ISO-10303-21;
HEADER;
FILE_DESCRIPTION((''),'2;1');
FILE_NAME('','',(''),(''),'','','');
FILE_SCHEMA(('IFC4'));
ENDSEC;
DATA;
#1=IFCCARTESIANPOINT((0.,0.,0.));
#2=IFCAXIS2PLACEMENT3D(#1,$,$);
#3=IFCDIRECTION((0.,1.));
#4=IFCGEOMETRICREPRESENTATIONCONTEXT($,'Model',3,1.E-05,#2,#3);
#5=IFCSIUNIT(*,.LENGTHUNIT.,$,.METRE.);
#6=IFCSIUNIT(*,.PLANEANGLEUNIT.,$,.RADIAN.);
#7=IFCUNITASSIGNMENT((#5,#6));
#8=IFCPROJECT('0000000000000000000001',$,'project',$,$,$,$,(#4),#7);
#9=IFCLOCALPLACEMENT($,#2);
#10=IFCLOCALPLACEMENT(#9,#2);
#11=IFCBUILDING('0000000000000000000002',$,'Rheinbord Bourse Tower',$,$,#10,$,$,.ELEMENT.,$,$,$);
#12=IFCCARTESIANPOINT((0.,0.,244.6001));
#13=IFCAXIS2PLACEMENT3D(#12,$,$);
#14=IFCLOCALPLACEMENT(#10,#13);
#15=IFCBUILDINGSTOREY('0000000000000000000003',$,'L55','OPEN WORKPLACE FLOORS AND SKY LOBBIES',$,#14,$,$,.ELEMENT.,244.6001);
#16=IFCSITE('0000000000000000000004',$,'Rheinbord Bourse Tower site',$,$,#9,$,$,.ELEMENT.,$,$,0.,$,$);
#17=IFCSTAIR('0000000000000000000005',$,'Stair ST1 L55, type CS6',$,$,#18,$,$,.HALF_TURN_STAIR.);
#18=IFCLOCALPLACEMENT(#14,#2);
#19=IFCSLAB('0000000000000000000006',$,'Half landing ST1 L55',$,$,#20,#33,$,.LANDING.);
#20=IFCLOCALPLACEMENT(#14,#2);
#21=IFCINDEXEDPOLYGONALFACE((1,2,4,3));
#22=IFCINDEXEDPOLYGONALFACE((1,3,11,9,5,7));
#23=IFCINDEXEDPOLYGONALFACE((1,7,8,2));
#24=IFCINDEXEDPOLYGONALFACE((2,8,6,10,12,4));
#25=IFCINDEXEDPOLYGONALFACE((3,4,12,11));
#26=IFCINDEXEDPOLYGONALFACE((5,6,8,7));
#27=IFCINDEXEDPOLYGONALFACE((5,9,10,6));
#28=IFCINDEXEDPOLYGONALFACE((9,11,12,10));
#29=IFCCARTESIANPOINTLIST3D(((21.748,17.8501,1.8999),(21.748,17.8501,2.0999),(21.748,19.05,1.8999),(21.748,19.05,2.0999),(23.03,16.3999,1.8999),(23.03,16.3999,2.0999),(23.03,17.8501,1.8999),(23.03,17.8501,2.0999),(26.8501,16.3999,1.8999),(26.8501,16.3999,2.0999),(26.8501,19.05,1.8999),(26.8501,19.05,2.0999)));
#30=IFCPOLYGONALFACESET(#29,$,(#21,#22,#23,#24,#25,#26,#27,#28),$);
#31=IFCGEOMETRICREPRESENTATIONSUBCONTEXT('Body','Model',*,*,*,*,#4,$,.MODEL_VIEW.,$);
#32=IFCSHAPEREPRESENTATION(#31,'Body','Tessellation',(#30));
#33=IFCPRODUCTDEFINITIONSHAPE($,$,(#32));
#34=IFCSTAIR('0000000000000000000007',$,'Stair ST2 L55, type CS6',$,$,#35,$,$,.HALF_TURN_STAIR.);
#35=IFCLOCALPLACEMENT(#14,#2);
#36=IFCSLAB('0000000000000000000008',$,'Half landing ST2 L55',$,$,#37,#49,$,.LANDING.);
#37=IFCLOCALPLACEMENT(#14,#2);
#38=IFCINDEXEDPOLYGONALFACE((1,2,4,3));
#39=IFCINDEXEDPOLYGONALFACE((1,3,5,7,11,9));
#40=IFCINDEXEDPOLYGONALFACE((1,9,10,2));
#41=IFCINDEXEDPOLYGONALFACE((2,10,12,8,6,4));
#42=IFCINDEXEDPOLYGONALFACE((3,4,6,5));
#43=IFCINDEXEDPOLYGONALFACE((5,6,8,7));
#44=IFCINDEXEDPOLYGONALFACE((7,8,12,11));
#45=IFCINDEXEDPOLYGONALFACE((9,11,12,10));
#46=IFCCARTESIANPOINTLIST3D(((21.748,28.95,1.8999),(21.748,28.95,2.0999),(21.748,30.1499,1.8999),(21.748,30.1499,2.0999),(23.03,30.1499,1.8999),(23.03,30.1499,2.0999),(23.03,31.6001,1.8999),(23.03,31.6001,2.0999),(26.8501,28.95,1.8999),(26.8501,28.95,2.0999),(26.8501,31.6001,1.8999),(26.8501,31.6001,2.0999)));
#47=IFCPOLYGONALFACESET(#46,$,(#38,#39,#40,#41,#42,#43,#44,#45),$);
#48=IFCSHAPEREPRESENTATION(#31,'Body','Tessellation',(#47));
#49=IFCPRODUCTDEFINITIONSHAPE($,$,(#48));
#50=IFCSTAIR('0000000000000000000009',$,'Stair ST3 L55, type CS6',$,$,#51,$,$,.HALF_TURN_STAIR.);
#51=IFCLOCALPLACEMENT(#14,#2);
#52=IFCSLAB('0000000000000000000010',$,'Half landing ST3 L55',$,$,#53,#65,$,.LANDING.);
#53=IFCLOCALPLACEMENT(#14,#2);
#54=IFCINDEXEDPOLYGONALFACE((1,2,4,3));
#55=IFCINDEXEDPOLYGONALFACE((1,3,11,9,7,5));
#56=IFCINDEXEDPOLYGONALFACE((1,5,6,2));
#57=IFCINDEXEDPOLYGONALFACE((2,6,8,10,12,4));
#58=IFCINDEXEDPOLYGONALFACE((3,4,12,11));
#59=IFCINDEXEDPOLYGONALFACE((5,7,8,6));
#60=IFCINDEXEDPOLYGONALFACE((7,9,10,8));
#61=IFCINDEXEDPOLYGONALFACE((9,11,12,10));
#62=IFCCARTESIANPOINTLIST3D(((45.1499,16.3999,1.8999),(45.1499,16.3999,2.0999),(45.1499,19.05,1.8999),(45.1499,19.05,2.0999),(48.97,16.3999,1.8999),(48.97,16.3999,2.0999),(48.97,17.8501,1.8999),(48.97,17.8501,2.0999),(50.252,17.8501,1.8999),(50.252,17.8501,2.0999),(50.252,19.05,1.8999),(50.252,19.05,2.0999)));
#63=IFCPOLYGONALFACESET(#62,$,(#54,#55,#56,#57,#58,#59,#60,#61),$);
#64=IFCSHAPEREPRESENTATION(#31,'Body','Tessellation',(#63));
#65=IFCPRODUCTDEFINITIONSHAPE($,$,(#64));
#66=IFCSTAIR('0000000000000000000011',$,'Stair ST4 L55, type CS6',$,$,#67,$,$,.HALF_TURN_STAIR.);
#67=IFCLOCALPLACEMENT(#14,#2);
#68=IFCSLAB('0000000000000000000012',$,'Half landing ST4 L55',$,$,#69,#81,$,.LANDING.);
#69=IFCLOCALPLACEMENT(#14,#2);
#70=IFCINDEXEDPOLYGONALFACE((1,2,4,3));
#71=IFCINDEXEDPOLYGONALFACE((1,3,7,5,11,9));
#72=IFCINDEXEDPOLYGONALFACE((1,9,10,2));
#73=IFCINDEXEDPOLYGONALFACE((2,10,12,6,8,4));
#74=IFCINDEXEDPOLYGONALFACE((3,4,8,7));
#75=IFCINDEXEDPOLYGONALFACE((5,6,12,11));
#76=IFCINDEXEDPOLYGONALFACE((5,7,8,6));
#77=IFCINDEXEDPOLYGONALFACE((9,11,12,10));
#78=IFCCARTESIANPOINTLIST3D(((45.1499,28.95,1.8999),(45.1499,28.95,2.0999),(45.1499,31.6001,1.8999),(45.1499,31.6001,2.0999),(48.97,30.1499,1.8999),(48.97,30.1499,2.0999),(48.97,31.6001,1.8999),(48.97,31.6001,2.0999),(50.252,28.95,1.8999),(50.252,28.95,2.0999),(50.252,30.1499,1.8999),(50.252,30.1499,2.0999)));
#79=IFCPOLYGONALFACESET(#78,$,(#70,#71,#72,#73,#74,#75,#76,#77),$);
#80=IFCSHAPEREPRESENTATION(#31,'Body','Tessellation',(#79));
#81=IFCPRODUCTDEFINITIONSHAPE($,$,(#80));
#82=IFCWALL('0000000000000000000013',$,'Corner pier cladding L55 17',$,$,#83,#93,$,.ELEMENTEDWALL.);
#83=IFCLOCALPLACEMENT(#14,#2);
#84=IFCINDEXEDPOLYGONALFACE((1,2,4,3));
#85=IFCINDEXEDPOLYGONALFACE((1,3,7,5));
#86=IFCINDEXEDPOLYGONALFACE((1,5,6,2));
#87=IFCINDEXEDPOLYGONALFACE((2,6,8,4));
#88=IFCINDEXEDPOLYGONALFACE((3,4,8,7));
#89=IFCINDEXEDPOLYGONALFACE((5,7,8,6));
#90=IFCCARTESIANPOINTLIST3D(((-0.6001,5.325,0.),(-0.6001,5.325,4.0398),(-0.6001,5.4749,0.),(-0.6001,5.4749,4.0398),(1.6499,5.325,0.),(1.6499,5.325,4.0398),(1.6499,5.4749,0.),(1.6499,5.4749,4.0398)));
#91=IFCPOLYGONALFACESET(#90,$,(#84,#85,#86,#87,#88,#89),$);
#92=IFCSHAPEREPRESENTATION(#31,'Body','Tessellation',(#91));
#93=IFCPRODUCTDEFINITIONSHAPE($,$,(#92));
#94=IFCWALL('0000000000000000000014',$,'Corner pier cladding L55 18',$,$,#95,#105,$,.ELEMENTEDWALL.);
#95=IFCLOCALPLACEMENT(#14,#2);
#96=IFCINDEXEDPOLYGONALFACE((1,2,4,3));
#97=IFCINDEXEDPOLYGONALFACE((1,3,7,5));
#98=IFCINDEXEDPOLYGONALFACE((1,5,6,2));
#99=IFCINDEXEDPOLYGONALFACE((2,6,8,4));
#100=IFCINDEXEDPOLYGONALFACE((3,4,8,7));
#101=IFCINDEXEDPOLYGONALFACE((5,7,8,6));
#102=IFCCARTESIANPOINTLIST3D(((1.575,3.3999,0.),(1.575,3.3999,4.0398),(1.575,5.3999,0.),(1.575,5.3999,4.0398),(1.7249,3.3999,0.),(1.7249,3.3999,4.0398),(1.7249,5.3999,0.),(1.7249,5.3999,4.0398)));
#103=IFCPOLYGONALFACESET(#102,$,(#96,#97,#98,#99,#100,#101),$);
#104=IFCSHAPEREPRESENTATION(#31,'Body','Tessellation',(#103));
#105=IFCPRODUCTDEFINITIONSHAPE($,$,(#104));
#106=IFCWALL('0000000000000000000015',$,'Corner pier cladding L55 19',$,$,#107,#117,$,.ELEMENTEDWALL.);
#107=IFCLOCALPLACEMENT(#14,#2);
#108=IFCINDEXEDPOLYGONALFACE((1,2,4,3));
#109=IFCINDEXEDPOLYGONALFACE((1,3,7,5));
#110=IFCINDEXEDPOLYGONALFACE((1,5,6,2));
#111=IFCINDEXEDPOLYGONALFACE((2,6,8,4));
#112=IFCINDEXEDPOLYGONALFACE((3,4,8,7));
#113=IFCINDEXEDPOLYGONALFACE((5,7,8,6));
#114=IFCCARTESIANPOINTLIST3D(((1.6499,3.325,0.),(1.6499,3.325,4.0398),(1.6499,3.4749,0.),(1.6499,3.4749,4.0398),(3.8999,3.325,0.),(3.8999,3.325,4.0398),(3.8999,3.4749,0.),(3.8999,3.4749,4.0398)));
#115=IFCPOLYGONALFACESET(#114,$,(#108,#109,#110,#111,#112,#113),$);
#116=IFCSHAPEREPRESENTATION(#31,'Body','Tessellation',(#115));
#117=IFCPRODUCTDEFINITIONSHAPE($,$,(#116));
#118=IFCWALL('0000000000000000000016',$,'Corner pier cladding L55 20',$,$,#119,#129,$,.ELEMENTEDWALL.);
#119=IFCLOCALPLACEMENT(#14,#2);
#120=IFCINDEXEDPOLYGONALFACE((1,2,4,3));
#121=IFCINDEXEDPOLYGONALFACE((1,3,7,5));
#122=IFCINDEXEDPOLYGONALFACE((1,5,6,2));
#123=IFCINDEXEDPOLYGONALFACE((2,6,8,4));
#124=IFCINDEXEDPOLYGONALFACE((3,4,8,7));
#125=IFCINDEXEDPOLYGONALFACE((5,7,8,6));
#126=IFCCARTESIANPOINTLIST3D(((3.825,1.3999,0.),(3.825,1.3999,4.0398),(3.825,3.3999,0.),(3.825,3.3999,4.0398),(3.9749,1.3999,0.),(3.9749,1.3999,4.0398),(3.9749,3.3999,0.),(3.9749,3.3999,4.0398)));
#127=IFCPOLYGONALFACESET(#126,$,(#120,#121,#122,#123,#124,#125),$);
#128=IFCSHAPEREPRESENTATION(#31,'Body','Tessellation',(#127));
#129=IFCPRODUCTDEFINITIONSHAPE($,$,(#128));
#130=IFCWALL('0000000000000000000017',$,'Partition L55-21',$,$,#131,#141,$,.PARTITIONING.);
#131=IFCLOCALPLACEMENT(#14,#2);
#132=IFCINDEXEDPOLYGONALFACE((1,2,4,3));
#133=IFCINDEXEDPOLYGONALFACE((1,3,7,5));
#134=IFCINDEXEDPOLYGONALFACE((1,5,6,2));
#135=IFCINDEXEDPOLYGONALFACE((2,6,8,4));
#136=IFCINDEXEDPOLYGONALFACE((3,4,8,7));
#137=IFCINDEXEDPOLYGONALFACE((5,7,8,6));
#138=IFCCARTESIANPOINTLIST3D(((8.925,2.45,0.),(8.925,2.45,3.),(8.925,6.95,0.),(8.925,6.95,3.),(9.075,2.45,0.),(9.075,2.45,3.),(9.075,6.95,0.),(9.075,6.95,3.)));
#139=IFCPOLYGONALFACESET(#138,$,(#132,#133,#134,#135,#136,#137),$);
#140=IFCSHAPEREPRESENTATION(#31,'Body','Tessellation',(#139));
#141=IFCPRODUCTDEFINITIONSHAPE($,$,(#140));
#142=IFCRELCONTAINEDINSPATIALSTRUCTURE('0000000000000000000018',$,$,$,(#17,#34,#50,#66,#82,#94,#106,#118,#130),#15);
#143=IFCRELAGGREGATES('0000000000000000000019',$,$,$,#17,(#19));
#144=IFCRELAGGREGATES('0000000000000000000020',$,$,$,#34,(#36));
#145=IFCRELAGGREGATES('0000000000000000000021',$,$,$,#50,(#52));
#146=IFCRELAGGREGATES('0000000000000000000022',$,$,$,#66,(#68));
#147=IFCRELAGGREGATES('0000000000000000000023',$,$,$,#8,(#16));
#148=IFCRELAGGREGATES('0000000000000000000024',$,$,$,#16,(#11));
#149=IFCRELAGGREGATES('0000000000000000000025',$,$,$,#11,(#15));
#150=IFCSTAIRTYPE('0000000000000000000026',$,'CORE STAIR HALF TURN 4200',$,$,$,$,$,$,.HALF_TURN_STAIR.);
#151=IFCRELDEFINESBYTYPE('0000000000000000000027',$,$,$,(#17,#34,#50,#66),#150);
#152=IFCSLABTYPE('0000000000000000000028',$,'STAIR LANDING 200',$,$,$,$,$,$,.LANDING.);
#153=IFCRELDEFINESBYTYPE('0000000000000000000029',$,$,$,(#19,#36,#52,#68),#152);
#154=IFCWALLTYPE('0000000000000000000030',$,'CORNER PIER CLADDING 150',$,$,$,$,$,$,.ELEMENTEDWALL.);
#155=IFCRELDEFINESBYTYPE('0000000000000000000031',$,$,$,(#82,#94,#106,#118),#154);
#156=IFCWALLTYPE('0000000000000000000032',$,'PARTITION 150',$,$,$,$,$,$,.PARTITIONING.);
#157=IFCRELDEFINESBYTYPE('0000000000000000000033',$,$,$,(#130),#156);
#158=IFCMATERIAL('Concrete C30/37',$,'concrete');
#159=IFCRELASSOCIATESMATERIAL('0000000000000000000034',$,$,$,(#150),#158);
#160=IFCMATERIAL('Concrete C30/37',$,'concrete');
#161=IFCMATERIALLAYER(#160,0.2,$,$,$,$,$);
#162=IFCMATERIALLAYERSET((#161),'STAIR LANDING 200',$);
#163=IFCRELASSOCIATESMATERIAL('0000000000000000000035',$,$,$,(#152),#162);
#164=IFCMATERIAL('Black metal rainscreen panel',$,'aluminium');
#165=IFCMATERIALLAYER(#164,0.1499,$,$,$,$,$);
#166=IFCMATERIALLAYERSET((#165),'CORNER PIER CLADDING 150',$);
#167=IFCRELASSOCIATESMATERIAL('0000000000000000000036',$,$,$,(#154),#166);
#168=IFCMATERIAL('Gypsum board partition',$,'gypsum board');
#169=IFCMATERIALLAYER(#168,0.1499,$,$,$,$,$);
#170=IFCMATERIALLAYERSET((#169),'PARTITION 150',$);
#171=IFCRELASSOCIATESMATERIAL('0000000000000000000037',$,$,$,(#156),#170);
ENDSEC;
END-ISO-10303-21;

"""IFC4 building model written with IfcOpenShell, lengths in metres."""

from ifc_helpers import new_model, si_unit, direction, frame, frame_2d, origin, place, context, subcontext, project, spatial, polyline, rectangle, outline, extrude, material, layer, layer_set, type_object, element, aggregate, save


model = new_model("IFC4")

# Units and contexts
model_context = context("Model", 3, precision=1e-05, world=origin(), true_north=direction((0.0, 1.0)))
body_context = subcontext(model_context, "Body", "Model", "MODEL_VIEW")
ifc_project = project(units=[si_unit("LENGTHUNIT", "METRE"), si_unit("PLANEANGLEUNIT", "RADIAN")], contexts=[model_context])

# Site, building, storey
site_placement = place(None, origin())
site = spatial("IfcSite", under=ifc_project, at=site_placement, Name="Rheinbord Bourse Tower site", CompositionType="ELEMENT", RefElevation=0.0)
building_placement = place(site_placement, origin())
building = spatial("IfcBuilding", under=site, at=building_placement, Name="Rheinbord Bourse Tower", CompositionType="ELEMENT")
storey_placement = place(building_placement, frame((0.0, 0.0, 244.6001)))
storey = spatial("IfcBuildingStorey", under=building, at=storey_placement, Name="L55", Description="OPEN WORKPLACE FLOORS AND SKY LOBBIES", CompositionType="ELEMENT", Elevation=244.6001)

# Stairs, slabs
ifc_material_1 = material(Name="Concrete C30/37", Category="concrete")
stair_type = type_object("IfcStairType", Name="CORE STAIR HALF TURN 4200", PredefinedType="HALF_TURN_STAIR", material=ifc_material_1)
stair_1_placement = place(storey_placement, origin())
stair_1 = element("IfcStair", 1, at=stair_1_placement, inside=storey, type_object=stair_type, Name="Stair ST1 L55, type CS6", PredefinedType="HALF_TURN_STAIR")
ifc_material_2 = material(Name="Concrete C30/37", Category="concrete")
ifc_layer_1 = layer(ifc_material_2, 0.2)
ifc_layer_set_1 = layer_set([ifc_layer_1], Name="STAIR LANDING 200")
slab_type_1 = type_object("IfcSlabType", Name="STAIR LANDING 200", PredefinedType="LANDING", material=ifc_layer_set_1)
slab_1_placement = place(storey_placement, frame((0.0, 0.0, 1.8999)))
slab_1 = element("IfcSlab", 2, at=slab_1_placement, type_object=slab_type_1, Name="Half landing ST1 L55", PredefinedType="LANDING", context=body_context, shape_type="SweptSolid", body=[
    extrude(outline(polyline([(23.03, 16.3999), (26.8501, 16.3999), (26.8501, 19.05), (21.748, 19.05), (21.748, 17.8501), (23.03, 17.8501), (23.03, 16.3999)])), origin(), (0.0, 0.0, 1.0), 0.2),
])
aggregate(stair_1, [slab_1])
stair_2_placement = place(storey_placement, origin())
stair_2 = element("IfcStair", 3, at=stair_2_placement, inside=storey, type_object=stair_type, Name="Stair ST2 L55, type CS6", PredefinedType="HALF_TURN_STAIR")
slab_2_placement = place(storey_placement, frame((0.0, 0.0, 1.8999)))
slab_2 = element("IfcSlab", 4, at=slab_2_placement, type_object=slab_type_1, Name="Half landing ST2 L55", PredefinedType="LANDING", context=body_context, shape_type="SweptSolid", body=[
    extrude(outline(polyline([(21.748, 28.95), (26.8501, 28.95), (26.8501, 31.6001), (23.03, 31.6001), (23.03, 30.1499), (21.748, 30.1499), (21.748, 28.95)])), origin(), (0.0, 0.0, 1.0), 0.2),
])
aggregate(stair_2, [slab_2])
stair_3_placement = place(storey_placement, origin())
stair_3 = element("IfcStair", 5, at=stair_3_placement, inside=storey, type_object=stair_type, Name="Stair ST3 L55, type CS6", PredefinedType="HALF_TURN_STAIR")
slab_3_placement = place(storey_placement, frame((0.0, 0.0, 1.8999)))
slab_3 = element("IfcSlab", 6, at=slab_3_placement, type_object=slab_type_1, Name="Half landing ST3 L55", PredefinedType="LANDING", context=body_context, shape_type="SweptSolid", body=[
    extrude(outline(polyline([(45.1499, 16.3999), (48.97, 16.3999), (48.97, 17.8501), (50.252, 17.8501), (50.252, 19.05), (45.1499, 19.05), (45.1499, 16.3999)])), origin(), (0.0, 0.0, 1.0), 0.2),
])
aggregate(stair_3, [slab_3])
stair_4_placement = place(storey_placement, origin())
stair_4 = element("IfcStair", 7, at=stair_4_placement, inside=storey, type_object=stair_type, Name="Stair ST4 L55, type CS6", PredefinedType="HALF_TURN_STAIR")
slab_4_placement = place(storey_placement, frame((0.0, 0.0, 1.8999)))
slab_4 = element("IfcSlab", 8, at=slab_4_placement, type_object=slab_type_1, Name="Half landing ST4 L55", PredefinedType="LANDING", context=body_context, shape_type="SweptSolid", body=[
    extrude(outline(polyline([(45.1499, 28.95), (50.252, 28.95), (50.252, 30.1499), (48.97, 30.1499), (48.97, 31.6001), (45.1499, 31.6001), (45.1499, 28.95)])), origin(), (0.0, 0.0, 1.0), 0.2),
])
aggregate(stair_4, [slab_4])

# Walls
ifc_material_3 = material(Name="Black metal rainscreen panel", Category="aluminium")
ifc_layer_2 = layer(ifc_material_3, 0.1499)
ifc_layer_set_2 = layer_set([ifc_layer_2], Name="CORNER PIER CLADDING 150")
wall_type_1 = type_object("IfcWallType", Name="CORNER PIER CLADDING 150", PredefinedType="ELEMENTEDWALL", material=ifc_layer_set_2)
wall_1_placement = place(storey_placement, frame((-0.6001, 5.3999, 0.0), z_axis=(0.0, 0.0, 1.0), x_axis=(1.0, 0.0, 0.0)))
element("IfcWall", 9, at=wall_1_placement, inside=storey, type_object=wall_type_1, Name="Corner pier cladding L55 17", PredefinedType="ELEMENTEDWALL", context=body_context, shape_type="SweptSolid", body=[
    extrude(rectangle(XDim=2.25, YDim=0.1499, at=frame_2d((1.125, 0.0))), origin(), (0.0, 0.0, 1.0), 4.0398),
])
wall_2_placement = place(storey_placement, frame((1.6499, 5.3999, 0.0), z_axis=(0.0, 0.0, 1.0), x_axis=(0.0, -1.0, 0.0)))
element("IfcWall", 10, at=wall_2_placement, inside=storey, type_object=wall_type_1, Name="Corner pier cladding L55 18", PredefinedType="ELEMENTEDWALL", context=body_context, shape_type="SweptSolid", body=[
    extrude(rectangle(XDim=2.0, YDim=0.1499, at=frame_2d((1.0, 0.0))), origin(), (0.0, 0.0, 1.0), 4.0398),
])
wall_3_placement = place(storey_placement, frame((1.6499, 3.3999, 0.0), z_axis=(0.0, 0.0, 1.0), x_axis=(1.0, 0.0, 0.0)))
element("IfcWall", 11, at=wall_3_placement, inside=storey, type_object=wall_type_1, Name="Corner pier cladding L55 19", PredefinedType="ELEMENTEDWALL", context=body_context, shape_type="SweptSolid", body=[
    extrude(rectangle(XDim=2.25, YDim=0.1499, at=frame_2d((1.125, 0.0))), origin(), (0.0, 0.0, 1.0), 4.0398),
])
wall_4_placement = place(storey_placement, frame((3.8999, 3.3999, 0.0), z_axis=(0.0, 0.0, 1.0), x_axis=(0.0, -1.0, 0.0)))
element("IfcWall", 12, at=wall_4_placement, inside=storey, type_object=wall_type_1, Name="Corner pier cladding L55 20", PredefinedType="ELEMENTEDWALL", context=body_context, shape_type="SweptSolid", body=[
    extrude(rectangle(XDim=2.0, YDim=0.1499, at=frame_2d((1.0, 0.0))), origin(), (0.0, 0.0, 1.0), 4.0398),
])
ifc_material_4 = material(Name="Gypsum board partition", Category="gypsum board")
ifc_layer_3 = layer(ifc_material_4, 0.1499)
ifc_layer_set_3 = layer_set([ifc_layer_3], Name="PARTITION 150")
wall_type_2 = type_object("IfcWallType", Name="PARTITION 150", PredefinedType="PARTITIONING", material=ifc_layer_set_3)
wall_5_placement = place(storey_placement, frame((9.0, 2.45, 0.0), z_axis=(0.0, 0.0, 1.0), x_axis=(0.0, 1.0, 0.0)))
element("IfcWall", 13, at=wall_5_placement, inside=storey, type_object=wall_type_2, Name="Partition L55-21", PredefinedType="PARTITIONING", context=body_context, shape_type="SweptSolid", body=[
    extrude(rectangle(XDim=4.5, YDim=0.1499, at=frame_2d((2.25, 0.0))), origin(), (0.0, 0.0, 1.0), 3.0),
])

save(model, "model.ifc")
